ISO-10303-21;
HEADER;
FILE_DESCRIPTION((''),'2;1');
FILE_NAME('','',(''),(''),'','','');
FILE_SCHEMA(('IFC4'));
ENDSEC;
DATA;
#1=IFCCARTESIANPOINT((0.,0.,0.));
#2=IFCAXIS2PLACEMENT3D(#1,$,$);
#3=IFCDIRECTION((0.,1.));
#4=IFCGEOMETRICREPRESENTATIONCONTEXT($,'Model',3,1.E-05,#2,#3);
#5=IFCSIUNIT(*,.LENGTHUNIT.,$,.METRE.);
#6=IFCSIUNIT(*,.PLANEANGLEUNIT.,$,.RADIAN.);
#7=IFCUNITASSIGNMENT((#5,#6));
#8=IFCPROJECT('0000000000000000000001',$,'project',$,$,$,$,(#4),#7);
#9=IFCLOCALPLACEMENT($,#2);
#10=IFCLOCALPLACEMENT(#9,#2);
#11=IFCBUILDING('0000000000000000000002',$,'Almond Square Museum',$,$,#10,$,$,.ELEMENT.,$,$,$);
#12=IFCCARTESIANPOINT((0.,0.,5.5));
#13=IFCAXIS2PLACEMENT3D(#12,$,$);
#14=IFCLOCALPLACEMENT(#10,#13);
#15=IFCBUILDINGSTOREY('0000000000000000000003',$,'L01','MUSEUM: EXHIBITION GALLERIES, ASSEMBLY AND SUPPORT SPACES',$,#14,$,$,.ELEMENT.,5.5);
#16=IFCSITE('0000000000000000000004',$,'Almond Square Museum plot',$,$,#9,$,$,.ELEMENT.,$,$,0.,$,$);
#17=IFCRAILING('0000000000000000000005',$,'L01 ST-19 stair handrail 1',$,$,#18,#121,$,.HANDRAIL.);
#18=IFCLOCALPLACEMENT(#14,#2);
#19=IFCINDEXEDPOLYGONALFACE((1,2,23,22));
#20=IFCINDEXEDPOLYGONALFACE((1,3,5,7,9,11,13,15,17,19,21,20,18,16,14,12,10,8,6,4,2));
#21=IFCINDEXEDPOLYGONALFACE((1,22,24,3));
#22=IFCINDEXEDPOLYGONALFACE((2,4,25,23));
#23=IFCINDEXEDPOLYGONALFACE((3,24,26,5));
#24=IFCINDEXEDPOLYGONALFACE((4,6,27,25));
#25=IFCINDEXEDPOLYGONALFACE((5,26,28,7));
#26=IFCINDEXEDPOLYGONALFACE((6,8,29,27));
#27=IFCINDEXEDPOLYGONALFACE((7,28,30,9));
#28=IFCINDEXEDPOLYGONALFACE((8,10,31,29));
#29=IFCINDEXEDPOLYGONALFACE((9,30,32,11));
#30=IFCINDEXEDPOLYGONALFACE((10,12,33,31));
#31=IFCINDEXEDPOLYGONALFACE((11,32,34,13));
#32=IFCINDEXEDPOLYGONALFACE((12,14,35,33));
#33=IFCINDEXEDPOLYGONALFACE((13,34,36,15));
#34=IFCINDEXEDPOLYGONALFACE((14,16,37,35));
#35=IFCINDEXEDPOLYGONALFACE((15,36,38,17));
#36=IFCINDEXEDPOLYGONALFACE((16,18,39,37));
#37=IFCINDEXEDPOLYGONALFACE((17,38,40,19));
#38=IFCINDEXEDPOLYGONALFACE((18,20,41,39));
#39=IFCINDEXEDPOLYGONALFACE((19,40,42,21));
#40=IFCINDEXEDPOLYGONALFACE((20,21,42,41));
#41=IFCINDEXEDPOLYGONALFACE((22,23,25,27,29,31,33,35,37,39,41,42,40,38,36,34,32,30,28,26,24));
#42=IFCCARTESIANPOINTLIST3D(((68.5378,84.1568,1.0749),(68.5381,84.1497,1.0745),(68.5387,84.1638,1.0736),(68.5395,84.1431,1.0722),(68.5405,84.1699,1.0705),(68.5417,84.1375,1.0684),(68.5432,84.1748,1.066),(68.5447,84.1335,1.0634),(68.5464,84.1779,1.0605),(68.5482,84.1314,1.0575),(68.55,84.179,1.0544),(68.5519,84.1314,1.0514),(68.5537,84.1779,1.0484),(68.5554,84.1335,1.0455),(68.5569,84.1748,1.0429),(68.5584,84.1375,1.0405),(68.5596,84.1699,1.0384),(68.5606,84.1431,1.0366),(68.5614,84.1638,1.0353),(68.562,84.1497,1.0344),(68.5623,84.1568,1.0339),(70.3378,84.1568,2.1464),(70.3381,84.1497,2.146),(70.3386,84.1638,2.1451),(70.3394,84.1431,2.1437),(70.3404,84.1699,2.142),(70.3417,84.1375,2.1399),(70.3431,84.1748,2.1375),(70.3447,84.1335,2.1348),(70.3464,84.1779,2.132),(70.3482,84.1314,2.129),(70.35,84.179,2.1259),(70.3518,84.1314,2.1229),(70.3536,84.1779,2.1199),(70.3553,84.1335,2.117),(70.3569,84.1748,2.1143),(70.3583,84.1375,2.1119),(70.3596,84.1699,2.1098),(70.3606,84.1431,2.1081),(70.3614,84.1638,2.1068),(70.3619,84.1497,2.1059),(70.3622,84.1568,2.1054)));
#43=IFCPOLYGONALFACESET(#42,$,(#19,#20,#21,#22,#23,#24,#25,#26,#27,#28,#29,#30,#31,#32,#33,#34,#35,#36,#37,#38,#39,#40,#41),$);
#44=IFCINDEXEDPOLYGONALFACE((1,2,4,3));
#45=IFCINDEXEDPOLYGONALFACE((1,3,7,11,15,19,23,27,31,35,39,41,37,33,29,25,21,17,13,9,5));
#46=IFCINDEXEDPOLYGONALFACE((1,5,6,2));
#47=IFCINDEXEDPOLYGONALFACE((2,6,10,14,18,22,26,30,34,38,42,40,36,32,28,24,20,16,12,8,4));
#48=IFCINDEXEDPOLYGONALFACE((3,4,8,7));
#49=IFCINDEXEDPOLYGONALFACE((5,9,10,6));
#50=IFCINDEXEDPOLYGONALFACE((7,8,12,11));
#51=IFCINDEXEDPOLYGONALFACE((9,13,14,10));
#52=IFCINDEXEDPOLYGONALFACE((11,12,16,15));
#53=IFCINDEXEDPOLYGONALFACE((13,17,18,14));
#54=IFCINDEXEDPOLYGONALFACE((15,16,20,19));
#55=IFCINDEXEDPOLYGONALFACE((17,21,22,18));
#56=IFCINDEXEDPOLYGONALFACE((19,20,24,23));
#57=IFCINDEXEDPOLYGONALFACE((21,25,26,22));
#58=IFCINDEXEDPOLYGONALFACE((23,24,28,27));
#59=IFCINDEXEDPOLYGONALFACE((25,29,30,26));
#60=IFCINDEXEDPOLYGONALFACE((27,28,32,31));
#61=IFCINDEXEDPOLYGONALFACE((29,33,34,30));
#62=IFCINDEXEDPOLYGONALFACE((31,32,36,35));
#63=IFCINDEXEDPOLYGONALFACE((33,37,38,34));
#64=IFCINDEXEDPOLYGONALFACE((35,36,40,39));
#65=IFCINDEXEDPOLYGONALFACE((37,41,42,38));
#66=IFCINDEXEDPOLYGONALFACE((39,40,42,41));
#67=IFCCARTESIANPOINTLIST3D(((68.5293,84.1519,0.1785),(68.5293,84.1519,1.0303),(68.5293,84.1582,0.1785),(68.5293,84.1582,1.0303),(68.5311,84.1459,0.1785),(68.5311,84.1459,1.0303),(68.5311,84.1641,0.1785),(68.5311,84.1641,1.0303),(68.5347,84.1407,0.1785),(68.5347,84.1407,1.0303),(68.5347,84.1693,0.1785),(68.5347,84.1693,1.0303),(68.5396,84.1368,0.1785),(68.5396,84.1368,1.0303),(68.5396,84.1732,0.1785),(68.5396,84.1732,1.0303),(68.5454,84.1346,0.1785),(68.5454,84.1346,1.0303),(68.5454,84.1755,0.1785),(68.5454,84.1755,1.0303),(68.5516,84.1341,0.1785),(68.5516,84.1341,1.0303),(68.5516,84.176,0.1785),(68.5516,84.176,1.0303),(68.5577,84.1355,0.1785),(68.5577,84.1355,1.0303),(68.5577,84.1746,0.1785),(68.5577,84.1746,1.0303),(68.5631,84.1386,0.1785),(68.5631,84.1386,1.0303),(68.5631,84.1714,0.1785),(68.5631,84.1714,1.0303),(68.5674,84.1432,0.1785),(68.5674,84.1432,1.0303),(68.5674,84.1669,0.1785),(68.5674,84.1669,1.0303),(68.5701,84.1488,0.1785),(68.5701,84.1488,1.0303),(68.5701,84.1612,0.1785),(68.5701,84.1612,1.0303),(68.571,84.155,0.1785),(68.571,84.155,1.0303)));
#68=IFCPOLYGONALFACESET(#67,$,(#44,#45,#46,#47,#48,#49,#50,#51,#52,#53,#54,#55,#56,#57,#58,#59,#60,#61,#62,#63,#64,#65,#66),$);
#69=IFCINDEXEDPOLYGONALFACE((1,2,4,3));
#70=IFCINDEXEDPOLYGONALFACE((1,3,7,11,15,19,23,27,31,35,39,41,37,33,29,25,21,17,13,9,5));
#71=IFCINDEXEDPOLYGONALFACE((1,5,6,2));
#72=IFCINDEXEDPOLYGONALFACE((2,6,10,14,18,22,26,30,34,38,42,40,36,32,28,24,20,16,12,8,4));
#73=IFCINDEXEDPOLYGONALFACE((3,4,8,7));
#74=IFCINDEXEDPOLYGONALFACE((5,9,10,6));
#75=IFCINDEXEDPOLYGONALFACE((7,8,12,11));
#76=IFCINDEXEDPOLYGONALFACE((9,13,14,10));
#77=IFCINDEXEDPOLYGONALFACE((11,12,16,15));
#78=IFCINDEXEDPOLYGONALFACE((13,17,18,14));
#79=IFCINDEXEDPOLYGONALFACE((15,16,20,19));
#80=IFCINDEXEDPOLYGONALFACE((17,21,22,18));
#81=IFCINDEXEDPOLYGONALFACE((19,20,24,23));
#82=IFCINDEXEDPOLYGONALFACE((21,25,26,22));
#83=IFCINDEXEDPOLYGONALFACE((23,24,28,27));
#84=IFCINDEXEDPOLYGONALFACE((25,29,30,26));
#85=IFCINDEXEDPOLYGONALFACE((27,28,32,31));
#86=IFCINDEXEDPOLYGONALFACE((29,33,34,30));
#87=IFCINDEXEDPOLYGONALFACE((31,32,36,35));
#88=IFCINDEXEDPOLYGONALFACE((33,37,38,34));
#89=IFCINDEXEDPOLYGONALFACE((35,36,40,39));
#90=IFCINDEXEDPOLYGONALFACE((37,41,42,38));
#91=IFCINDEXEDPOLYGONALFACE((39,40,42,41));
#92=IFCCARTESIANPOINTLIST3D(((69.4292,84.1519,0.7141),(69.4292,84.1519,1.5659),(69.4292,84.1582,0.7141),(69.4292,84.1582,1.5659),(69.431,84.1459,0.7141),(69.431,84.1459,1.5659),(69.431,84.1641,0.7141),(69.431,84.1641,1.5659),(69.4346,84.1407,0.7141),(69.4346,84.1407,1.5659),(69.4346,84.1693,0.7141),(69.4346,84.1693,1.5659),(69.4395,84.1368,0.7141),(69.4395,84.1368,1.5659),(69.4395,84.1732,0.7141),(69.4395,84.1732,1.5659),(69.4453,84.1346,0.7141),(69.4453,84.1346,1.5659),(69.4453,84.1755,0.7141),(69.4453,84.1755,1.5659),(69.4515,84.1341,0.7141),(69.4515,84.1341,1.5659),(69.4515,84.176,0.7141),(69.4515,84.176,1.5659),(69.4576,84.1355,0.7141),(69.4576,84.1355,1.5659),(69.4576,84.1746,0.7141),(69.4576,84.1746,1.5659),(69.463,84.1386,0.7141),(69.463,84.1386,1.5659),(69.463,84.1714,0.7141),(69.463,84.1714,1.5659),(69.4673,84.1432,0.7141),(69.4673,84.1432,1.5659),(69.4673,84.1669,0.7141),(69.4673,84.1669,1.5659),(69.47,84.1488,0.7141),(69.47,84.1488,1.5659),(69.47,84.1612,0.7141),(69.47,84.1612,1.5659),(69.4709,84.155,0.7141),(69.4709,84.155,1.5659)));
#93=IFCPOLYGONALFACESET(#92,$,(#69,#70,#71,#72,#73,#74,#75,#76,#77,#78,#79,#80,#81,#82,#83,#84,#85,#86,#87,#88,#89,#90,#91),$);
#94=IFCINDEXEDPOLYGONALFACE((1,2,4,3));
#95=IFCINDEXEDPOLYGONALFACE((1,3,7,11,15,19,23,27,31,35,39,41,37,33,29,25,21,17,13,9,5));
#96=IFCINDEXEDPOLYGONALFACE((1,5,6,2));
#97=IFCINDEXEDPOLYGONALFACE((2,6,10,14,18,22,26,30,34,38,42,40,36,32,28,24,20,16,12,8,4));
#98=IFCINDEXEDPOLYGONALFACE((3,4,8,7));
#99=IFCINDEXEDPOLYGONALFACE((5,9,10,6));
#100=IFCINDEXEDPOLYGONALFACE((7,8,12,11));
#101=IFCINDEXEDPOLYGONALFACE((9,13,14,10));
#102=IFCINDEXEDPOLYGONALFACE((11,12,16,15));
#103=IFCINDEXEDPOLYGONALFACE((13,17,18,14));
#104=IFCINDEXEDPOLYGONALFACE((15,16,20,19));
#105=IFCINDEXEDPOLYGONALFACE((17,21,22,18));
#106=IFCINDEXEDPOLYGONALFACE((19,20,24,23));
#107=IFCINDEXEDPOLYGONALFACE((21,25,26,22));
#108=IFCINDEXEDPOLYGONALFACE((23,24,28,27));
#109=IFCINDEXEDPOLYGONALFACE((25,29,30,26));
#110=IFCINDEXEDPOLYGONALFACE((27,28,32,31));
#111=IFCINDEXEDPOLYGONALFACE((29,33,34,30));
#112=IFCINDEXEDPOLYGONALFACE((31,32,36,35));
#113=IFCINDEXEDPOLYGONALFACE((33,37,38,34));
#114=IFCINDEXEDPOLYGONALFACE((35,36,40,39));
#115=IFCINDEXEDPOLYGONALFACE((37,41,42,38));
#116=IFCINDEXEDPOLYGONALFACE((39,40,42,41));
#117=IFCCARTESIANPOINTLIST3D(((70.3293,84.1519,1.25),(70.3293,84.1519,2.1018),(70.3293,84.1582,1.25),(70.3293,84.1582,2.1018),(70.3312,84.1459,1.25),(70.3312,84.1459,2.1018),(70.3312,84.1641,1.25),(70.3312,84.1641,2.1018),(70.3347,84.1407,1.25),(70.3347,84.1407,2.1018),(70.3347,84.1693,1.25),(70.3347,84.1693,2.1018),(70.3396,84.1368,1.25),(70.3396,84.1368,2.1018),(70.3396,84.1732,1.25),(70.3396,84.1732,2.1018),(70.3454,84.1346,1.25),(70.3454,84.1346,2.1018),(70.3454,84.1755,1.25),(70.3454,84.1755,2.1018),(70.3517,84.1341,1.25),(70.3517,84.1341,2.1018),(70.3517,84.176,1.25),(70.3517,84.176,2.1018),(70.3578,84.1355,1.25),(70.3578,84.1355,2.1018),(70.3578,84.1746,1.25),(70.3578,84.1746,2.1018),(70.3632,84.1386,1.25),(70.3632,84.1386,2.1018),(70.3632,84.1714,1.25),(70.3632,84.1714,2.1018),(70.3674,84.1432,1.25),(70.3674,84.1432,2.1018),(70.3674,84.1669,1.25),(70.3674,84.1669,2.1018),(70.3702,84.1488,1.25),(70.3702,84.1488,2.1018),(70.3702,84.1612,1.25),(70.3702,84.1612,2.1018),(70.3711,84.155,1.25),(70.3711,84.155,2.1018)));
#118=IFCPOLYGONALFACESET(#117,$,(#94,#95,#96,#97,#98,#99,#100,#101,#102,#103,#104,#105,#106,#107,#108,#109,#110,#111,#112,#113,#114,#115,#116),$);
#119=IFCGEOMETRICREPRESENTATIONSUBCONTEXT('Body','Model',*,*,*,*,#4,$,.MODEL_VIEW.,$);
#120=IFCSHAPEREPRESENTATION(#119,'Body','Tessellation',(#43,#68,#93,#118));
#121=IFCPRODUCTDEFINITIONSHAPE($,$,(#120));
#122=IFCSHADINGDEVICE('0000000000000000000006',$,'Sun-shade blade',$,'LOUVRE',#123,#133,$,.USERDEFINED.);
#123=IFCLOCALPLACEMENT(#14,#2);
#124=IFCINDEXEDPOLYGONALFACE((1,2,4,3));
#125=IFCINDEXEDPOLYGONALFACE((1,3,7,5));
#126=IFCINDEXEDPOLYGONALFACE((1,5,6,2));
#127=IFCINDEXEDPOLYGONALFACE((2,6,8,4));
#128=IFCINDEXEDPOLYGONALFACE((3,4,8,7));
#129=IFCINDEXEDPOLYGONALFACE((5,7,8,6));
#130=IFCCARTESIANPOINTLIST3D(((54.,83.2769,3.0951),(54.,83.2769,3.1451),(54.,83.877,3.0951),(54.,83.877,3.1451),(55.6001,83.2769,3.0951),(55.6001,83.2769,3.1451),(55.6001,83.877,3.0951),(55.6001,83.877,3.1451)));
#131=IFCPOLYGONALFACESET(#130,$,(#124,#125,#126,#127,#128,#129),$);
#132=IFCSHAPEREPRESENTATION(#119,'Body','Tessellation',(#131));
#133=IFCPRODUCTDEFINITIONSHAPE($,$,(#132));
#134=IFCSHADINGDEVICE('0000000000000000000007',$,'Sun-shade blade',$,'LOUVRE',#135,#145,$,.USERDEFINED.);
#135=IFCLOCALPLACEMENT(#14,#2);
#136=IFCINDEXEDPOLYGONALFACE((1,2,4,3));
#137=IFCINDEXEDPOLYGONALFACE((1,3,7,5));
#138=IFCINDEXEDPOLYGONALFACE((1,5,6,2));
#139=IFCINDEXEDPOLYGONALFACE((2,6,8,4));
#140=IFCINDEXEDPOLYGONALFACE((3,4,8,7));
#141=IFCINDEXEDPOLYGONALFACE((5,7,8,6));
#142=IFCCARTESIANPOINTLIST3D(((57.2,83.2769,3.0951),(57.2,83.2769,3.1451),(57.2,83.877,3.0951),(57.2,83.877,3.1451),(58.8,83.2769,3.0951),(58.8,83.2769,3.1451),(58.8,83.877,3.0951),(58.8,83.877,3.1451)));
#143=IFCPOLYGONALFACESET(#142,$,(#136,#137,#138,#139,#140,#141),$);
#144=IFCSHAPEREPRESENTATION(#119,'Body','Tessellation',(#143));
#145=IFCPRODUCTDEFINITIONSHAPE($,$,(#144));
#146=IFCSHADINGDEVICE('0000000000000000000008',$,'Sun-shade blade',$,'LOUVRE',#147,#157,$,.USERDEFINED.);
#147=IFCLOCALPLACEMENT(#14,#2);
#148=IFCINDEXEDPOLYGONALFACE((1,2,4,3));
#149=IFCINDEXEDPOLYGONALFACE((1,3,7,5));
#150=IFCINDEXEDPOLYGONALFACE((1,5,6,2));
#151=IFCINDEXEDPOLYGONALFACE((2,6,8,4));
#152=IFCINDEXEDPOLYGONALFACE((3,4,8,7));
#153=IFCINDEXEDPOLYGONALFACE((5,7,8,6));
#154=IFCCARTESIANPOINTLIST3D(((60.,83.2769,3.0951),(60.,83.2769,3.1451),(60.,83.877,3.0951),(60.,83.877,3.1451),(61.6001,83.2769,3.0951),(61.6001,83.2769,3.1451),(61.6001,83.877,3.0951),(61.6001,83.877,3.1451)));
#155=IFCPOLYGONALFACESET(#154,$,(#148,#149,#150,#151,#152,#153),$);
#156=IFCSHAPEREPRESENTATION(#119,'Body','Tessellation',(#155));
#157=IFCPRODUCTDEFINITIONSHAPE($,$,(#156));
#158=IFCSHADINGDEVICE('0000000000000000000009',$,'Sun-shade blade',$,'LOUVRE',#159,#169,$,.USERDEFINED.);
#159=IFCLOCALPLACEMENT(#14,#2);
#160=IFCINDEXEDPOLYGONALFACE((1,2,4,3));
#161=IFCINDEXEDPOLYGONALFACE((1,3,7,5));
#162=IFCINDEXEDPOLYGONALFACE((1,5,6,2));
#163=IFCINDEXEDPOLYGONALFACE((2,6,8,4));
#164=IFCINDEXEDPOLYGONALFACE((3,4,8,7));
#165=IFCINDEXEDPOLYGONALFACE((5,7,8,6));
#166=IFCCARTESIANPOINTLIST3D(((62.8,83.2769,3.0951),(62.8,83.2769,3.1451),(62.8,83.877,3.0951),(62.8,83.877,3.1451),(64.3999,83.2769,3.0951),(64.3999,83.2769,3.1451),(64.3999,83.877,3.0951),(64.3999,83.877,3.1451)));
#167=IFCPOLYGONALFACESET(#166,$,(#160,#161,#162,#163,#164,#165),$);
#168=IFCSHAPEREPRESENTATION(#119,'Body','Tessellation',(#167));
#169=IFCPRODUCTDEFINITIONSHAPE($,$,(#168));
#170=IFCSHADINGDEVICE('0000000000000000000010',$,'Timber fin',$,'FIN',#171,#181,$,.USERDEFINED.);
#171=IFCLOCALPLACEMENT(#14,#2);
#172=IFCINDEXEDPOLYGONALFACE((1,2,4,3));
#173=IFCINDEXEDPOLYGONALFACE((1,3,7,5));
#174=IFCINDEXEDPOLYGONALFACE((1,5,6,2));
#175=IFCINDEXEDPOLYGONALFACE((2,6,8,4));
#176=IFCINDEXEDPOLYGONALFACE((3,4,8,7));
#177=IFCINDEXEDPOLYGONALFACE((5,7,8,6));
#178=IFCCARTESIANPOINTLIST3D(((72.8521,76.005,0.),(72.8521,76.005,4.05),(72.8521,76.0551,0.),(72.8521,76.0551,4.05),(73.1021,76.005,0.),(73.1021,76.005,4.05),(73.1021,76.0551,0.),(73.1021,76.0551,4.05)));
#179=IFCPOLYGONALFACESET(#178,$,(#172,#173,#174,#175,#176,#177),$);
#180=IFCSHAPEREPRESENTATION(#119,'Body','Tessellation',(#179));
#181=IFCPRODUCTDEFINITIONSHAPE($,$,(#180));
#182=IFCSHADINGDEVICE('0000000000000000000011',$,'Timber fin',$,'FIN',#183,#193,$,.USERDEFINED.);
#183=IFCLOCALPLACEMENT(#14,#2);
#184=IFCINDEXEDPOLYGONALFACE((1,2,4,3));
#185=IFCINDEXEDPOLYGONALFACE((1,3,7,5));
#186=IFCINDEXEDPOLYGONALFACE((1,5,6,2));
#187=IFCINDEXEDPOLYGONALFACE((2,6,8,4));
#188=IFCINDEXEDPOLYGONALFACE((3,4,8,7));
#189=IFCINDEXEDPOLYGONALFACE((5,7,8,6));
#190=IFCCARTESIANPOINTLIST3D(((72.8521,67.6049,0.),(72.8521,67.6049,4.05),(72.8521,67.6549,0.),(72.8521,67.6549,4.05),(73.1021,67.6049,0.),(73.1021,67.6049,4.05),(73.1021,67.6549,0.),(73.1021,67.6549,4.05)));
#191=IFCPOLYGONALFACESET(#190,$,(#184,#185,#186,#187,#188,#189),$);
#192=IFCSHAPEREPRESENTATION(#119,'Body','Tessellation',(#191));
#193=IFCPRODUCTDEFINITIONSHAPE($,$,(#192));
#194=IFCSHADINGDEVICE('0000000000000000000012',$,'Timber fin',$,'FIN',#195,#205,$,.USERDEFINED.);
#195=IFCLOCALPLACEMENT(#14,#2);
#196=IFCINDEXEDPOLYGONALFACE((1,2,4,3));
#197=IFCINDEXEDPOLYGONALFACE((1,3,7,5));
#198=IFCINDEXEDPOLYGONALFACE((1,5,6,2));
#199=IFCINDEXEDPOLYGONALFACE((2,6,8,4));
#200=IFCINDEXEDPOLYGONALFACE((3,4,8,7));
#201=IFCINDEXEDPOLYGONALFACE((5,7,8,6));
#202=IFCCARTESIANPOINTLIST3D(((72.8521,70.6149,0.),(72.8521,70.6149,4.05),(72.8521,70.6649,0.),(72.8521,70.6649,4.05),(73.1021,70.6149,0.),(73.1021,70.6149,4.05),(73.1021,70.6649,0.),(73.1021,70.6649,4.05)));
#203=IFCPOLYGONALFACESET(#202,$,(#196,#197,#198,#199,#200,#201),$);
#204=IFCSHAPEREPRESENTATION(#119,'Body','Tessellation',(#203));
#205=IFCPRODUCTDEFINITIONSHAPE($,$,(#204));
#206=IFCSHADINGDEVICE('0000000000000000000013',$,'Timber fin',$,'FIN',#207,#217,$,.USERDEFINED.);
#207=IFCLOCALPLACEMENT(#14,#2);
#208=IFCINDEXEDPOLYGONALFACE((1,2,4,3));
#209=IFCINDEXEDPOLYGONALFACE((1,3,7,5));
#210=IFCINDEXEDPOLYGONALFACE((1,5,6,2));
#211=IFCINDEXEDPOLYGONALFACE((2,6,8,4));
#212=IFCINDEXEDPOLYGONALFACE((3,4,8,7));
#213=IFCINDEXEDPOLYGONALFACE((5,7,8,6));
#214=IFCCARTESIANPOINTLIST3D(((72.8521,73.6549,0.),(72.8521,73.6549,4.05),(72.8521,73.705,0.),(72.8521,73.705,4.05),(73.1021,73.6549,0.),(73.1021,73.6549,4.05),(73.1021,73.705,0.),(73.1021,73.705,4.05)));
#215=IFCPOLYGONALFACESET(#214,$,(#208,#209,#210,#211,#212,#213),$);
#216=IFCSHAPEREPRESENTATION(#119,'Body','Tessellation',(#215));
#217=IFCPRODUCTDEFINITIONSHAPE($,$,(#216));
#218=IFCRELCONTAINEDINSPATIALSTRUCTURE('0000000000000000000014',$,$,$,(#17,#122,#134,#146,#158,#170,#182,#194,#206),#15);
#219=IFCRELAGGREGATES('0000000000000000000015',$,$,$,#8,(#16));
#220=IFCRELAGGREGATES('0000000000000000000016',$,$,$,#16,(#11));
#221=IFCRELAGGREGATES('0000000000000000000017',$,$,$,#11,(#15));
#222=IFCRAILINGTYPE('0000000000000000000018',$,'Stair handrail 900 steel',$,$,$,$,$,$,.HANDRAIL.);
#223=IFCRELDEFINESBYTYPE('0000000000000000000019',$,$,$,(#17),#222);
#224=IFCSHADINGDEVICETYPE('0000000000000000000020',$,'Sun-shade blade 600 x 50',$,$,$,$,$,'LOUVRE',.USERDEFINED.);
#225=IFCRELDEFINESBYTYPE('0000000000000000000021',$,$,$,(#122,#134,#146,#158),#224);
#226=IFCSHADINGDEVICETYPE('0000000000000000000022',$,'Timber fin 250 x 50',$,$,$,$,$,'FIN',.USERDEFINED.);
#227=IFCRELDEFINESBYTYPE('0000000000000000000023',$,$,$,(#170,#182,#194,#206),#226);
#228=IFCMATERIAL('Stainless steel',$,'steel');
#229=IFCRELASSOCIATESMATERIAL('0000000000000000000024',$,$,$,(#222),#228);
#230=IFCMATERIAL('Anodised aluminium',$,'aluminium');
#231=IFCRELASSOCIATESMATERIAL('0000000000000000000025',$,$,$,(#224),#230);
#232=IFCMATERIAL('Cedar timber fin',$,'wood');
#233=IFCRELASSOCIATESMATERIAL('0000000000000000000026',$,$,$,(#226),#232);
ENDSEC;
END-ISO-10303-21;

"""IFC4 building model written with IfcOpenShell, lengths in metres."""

from ifc_helpers import new_model, si_unit, direction, frame, origin, origin_2d, place, context, subcontext, project, spatial, rectangle, circle, extrude, material, material_profile, profile_set, type_object, element, save


model = new_model("IFC4")

# Units and contexts
model_context = context("Model", 3, precision=1e-05, world=origin(), true_north=direction((0.0, 1.0)))
body_context = subcontext(model_context, "Body", "Model", "MODEL_VIEW")
ifc_project = project(units=[si_unit("LENGTHUNIT", "METRE"), si_unit("PLANEANGLEUNIT", "RADIAN")], contexts=[model_context])

# Site, building, storey
site_placement = place(None, origin())
site = spatial("IfcSite", under=ifc_project, at=site_placement, Name="Almond Square Museum plot", CompositionType="ELEMENT", RefElevation=0.0)
building_placement = place(site_placement, origin())
building = spatial("IfcBuilding", under=site, at=building_placement, Name="Almond Square Museum", CompositionType="ELEMENT")
storey_placement = place(building_placement, frame((0.0, 0.0, 5.5)))
storey = spatial("IfcBuildingStorey", under=building, at=storey_placement, Name="L01", Description="MUSEUM: EXHIBITION GALLERIES, ASSEMBLY AND SUPPORT SPACES", CompositionType="ELEMENT", Elevation=5.5)

# Railing
ifc_material_1 = material(Name="Stainless steel", Category="steel")
railing_type = type_object("IfcRailingType", Name="Stair handrail 900 steel", PredefinedType="HANDRAIL", material=ifc_material_1)
railing_placement = place(storey_placement, frame((68.55, 84.155, 0.1785)))
element("IfcRailing", 1, at=railing_placement, inside=storey, type_object=railing_type, Name="L01 ST-19 stair handrail 1", PredefinedType="HANDRAIL", context=body_context, shape_type="SweptSolid", body=[
    extrude(circle(Radius=0.0239, at=origin_2d()), frame((0.0, 0.0, 0.876), z_axis=(0.859277, 0.0, 0.51151), x_axis=(0.0, 1.0, 0.0)), (0.0, 0.0, 1.0), 2.0947),
    extrude(circle(Radius=0.021, at=origin_2d()), origin(), (0.0, 0.0, 1.0), 0.8518),
    extrude(circle(Radius=0.021, at=origin_2d()), frame((0.8999, 0.0, 0.5356)), (0.0, 0.0, 1.0), 0.8518),
    extrude(circle(Radius=0.021, at=origin_2d()), frame((1.8, 0.0, 1.0715)), (0.0, 0.0, 1.0), 0.8518),
])

# Shading devices
ifc_material_2 = material(Name="Anodised aluminium", Category="aluminium")
ifc_material_profile_1 = material_profile(ifc_material_2, rectangle(XDim=0.6001, YDim=0.05, at=origin_2d()))
ifc_profile_set_1 = profile_set([ifc_material_profile_1], Name="Anodised aluminium")
shading_device_type_1 = type_object("IfcShadingDeviceType", Name="Sun-shade blade 600 x 50", ElementType="LOUVRE", PredefinedType="USERDEFINED", material=ifc_profile_set_1)
for number, where, z_axis, x_axis, name in (
    (2, (54.0, 83.5769, 3.1201), (1.0, 0.0, 0.0), (0.0, 1.0, 0.0), "Sun-shade blade"),
    (3, (57.2, 83.5769, 3.1201), (1.0, 0.0, 0.0), (0.0, 1.0, 0.0), "Sun-shade blade"),
    (4, (60.0, 83.5769, 3.1201), (1.0, 0.0, 0.0), (0.0, 1.0, 0.0), "Sun-shade blade"),
):
    element("IfcShadingDevice", number, at=place(storey_placement, frame(where, z_axis=z_axis, x_axis=x_axis)), inside=storey, type_object=shading_device_type_1, Name=name, ObjectType="LOUVRE", PredefinedType="USERDEFINED", context=body_context, shape_type="SweptSolid", body=[
        extrude(rectangle(XDim=0.6001, YDim=0.05, at=origin_2d()), origin(), (0.0, 0.0, 1.0), 1.6001),
    ])
shading_device_placement = place(storey_placement, frame((62.8, 83.5769, 3.1201), z_axis=(1.0, 0.0, 0.0), x_axis=(0.0, 1.0, 0.0)))
element("IfcShadingDevice", 5, at=shading_device_placement, inside=storey, type_object=shading_device_type_1, Name="Sun-shade blade", ObjectType="LOUVRE", PredefinedType="USERDEFINED", context=body_context, shape_type="SweptSolid", body=[
    extrude(rectangle(XDim=0.6001, YDim=0.05, at=origin_2d()), origin(), (0.0, 0.0, 1.0), 1.5999),
])
ifc_material_3 = material(Name="Cedar timber fin", Category="wood")
ifc_material_profile_2 = material_profile(ifc_material_3, rectangle(XDim=0.25, YDim=0.05, at=origin_2d()))
ifc_profile_set_2 = profile_set([ifc_material_profile_2], Name="Cedar timber fin")
shading_device_type_2 = type_object("IfcShadingDeviceType", Name="Timber fin 250 x 50", ElementType="FIN", PredefinedType="USERDEFINED", material=ifc_profile_set_2)
for number, where, z_axis, x_axis, name in (
    (6, (72.9771, 76.03, 0.0), (0.0, 0.0, 1.0), (-1.0, 0.0, 0.0), "Timber fin"),
    (7, (72.9771, 67.6299, 0.0), (0.0, 0.0, 1.0), (-1.0, 0.0, 0.0), "Timber fin"),
    (8, (72.9771, 70.6399, 0.0), (0.0, 0.0, 1.0), (-1.0, 0.0, 0.0), "Timber fin"),
    (9, (72.9771, 73.6799, 0.0), (0.0, 0.0, 1.0), (-1.0, 0.0, 0.0), "Timber fin"),
):
    element("IfcShadingDevice", number, at=place(storey_placement, frame(where, z_axis=z_axis, x_axis=x_axis)), inside=storey, type_object=shading_device_type_2, Name=name, ObjectType="FIN", PredefinedType="USERDEFINED", context=body_context, shape_type="SweptSolid", body=[
        extrude(rectangle(XDim=0.25, YDim=0.05, at=origin_2d()), origin(), (0.0, 0.0, 1.0), 4.05),
    ])

save(model, "model.ifc")
